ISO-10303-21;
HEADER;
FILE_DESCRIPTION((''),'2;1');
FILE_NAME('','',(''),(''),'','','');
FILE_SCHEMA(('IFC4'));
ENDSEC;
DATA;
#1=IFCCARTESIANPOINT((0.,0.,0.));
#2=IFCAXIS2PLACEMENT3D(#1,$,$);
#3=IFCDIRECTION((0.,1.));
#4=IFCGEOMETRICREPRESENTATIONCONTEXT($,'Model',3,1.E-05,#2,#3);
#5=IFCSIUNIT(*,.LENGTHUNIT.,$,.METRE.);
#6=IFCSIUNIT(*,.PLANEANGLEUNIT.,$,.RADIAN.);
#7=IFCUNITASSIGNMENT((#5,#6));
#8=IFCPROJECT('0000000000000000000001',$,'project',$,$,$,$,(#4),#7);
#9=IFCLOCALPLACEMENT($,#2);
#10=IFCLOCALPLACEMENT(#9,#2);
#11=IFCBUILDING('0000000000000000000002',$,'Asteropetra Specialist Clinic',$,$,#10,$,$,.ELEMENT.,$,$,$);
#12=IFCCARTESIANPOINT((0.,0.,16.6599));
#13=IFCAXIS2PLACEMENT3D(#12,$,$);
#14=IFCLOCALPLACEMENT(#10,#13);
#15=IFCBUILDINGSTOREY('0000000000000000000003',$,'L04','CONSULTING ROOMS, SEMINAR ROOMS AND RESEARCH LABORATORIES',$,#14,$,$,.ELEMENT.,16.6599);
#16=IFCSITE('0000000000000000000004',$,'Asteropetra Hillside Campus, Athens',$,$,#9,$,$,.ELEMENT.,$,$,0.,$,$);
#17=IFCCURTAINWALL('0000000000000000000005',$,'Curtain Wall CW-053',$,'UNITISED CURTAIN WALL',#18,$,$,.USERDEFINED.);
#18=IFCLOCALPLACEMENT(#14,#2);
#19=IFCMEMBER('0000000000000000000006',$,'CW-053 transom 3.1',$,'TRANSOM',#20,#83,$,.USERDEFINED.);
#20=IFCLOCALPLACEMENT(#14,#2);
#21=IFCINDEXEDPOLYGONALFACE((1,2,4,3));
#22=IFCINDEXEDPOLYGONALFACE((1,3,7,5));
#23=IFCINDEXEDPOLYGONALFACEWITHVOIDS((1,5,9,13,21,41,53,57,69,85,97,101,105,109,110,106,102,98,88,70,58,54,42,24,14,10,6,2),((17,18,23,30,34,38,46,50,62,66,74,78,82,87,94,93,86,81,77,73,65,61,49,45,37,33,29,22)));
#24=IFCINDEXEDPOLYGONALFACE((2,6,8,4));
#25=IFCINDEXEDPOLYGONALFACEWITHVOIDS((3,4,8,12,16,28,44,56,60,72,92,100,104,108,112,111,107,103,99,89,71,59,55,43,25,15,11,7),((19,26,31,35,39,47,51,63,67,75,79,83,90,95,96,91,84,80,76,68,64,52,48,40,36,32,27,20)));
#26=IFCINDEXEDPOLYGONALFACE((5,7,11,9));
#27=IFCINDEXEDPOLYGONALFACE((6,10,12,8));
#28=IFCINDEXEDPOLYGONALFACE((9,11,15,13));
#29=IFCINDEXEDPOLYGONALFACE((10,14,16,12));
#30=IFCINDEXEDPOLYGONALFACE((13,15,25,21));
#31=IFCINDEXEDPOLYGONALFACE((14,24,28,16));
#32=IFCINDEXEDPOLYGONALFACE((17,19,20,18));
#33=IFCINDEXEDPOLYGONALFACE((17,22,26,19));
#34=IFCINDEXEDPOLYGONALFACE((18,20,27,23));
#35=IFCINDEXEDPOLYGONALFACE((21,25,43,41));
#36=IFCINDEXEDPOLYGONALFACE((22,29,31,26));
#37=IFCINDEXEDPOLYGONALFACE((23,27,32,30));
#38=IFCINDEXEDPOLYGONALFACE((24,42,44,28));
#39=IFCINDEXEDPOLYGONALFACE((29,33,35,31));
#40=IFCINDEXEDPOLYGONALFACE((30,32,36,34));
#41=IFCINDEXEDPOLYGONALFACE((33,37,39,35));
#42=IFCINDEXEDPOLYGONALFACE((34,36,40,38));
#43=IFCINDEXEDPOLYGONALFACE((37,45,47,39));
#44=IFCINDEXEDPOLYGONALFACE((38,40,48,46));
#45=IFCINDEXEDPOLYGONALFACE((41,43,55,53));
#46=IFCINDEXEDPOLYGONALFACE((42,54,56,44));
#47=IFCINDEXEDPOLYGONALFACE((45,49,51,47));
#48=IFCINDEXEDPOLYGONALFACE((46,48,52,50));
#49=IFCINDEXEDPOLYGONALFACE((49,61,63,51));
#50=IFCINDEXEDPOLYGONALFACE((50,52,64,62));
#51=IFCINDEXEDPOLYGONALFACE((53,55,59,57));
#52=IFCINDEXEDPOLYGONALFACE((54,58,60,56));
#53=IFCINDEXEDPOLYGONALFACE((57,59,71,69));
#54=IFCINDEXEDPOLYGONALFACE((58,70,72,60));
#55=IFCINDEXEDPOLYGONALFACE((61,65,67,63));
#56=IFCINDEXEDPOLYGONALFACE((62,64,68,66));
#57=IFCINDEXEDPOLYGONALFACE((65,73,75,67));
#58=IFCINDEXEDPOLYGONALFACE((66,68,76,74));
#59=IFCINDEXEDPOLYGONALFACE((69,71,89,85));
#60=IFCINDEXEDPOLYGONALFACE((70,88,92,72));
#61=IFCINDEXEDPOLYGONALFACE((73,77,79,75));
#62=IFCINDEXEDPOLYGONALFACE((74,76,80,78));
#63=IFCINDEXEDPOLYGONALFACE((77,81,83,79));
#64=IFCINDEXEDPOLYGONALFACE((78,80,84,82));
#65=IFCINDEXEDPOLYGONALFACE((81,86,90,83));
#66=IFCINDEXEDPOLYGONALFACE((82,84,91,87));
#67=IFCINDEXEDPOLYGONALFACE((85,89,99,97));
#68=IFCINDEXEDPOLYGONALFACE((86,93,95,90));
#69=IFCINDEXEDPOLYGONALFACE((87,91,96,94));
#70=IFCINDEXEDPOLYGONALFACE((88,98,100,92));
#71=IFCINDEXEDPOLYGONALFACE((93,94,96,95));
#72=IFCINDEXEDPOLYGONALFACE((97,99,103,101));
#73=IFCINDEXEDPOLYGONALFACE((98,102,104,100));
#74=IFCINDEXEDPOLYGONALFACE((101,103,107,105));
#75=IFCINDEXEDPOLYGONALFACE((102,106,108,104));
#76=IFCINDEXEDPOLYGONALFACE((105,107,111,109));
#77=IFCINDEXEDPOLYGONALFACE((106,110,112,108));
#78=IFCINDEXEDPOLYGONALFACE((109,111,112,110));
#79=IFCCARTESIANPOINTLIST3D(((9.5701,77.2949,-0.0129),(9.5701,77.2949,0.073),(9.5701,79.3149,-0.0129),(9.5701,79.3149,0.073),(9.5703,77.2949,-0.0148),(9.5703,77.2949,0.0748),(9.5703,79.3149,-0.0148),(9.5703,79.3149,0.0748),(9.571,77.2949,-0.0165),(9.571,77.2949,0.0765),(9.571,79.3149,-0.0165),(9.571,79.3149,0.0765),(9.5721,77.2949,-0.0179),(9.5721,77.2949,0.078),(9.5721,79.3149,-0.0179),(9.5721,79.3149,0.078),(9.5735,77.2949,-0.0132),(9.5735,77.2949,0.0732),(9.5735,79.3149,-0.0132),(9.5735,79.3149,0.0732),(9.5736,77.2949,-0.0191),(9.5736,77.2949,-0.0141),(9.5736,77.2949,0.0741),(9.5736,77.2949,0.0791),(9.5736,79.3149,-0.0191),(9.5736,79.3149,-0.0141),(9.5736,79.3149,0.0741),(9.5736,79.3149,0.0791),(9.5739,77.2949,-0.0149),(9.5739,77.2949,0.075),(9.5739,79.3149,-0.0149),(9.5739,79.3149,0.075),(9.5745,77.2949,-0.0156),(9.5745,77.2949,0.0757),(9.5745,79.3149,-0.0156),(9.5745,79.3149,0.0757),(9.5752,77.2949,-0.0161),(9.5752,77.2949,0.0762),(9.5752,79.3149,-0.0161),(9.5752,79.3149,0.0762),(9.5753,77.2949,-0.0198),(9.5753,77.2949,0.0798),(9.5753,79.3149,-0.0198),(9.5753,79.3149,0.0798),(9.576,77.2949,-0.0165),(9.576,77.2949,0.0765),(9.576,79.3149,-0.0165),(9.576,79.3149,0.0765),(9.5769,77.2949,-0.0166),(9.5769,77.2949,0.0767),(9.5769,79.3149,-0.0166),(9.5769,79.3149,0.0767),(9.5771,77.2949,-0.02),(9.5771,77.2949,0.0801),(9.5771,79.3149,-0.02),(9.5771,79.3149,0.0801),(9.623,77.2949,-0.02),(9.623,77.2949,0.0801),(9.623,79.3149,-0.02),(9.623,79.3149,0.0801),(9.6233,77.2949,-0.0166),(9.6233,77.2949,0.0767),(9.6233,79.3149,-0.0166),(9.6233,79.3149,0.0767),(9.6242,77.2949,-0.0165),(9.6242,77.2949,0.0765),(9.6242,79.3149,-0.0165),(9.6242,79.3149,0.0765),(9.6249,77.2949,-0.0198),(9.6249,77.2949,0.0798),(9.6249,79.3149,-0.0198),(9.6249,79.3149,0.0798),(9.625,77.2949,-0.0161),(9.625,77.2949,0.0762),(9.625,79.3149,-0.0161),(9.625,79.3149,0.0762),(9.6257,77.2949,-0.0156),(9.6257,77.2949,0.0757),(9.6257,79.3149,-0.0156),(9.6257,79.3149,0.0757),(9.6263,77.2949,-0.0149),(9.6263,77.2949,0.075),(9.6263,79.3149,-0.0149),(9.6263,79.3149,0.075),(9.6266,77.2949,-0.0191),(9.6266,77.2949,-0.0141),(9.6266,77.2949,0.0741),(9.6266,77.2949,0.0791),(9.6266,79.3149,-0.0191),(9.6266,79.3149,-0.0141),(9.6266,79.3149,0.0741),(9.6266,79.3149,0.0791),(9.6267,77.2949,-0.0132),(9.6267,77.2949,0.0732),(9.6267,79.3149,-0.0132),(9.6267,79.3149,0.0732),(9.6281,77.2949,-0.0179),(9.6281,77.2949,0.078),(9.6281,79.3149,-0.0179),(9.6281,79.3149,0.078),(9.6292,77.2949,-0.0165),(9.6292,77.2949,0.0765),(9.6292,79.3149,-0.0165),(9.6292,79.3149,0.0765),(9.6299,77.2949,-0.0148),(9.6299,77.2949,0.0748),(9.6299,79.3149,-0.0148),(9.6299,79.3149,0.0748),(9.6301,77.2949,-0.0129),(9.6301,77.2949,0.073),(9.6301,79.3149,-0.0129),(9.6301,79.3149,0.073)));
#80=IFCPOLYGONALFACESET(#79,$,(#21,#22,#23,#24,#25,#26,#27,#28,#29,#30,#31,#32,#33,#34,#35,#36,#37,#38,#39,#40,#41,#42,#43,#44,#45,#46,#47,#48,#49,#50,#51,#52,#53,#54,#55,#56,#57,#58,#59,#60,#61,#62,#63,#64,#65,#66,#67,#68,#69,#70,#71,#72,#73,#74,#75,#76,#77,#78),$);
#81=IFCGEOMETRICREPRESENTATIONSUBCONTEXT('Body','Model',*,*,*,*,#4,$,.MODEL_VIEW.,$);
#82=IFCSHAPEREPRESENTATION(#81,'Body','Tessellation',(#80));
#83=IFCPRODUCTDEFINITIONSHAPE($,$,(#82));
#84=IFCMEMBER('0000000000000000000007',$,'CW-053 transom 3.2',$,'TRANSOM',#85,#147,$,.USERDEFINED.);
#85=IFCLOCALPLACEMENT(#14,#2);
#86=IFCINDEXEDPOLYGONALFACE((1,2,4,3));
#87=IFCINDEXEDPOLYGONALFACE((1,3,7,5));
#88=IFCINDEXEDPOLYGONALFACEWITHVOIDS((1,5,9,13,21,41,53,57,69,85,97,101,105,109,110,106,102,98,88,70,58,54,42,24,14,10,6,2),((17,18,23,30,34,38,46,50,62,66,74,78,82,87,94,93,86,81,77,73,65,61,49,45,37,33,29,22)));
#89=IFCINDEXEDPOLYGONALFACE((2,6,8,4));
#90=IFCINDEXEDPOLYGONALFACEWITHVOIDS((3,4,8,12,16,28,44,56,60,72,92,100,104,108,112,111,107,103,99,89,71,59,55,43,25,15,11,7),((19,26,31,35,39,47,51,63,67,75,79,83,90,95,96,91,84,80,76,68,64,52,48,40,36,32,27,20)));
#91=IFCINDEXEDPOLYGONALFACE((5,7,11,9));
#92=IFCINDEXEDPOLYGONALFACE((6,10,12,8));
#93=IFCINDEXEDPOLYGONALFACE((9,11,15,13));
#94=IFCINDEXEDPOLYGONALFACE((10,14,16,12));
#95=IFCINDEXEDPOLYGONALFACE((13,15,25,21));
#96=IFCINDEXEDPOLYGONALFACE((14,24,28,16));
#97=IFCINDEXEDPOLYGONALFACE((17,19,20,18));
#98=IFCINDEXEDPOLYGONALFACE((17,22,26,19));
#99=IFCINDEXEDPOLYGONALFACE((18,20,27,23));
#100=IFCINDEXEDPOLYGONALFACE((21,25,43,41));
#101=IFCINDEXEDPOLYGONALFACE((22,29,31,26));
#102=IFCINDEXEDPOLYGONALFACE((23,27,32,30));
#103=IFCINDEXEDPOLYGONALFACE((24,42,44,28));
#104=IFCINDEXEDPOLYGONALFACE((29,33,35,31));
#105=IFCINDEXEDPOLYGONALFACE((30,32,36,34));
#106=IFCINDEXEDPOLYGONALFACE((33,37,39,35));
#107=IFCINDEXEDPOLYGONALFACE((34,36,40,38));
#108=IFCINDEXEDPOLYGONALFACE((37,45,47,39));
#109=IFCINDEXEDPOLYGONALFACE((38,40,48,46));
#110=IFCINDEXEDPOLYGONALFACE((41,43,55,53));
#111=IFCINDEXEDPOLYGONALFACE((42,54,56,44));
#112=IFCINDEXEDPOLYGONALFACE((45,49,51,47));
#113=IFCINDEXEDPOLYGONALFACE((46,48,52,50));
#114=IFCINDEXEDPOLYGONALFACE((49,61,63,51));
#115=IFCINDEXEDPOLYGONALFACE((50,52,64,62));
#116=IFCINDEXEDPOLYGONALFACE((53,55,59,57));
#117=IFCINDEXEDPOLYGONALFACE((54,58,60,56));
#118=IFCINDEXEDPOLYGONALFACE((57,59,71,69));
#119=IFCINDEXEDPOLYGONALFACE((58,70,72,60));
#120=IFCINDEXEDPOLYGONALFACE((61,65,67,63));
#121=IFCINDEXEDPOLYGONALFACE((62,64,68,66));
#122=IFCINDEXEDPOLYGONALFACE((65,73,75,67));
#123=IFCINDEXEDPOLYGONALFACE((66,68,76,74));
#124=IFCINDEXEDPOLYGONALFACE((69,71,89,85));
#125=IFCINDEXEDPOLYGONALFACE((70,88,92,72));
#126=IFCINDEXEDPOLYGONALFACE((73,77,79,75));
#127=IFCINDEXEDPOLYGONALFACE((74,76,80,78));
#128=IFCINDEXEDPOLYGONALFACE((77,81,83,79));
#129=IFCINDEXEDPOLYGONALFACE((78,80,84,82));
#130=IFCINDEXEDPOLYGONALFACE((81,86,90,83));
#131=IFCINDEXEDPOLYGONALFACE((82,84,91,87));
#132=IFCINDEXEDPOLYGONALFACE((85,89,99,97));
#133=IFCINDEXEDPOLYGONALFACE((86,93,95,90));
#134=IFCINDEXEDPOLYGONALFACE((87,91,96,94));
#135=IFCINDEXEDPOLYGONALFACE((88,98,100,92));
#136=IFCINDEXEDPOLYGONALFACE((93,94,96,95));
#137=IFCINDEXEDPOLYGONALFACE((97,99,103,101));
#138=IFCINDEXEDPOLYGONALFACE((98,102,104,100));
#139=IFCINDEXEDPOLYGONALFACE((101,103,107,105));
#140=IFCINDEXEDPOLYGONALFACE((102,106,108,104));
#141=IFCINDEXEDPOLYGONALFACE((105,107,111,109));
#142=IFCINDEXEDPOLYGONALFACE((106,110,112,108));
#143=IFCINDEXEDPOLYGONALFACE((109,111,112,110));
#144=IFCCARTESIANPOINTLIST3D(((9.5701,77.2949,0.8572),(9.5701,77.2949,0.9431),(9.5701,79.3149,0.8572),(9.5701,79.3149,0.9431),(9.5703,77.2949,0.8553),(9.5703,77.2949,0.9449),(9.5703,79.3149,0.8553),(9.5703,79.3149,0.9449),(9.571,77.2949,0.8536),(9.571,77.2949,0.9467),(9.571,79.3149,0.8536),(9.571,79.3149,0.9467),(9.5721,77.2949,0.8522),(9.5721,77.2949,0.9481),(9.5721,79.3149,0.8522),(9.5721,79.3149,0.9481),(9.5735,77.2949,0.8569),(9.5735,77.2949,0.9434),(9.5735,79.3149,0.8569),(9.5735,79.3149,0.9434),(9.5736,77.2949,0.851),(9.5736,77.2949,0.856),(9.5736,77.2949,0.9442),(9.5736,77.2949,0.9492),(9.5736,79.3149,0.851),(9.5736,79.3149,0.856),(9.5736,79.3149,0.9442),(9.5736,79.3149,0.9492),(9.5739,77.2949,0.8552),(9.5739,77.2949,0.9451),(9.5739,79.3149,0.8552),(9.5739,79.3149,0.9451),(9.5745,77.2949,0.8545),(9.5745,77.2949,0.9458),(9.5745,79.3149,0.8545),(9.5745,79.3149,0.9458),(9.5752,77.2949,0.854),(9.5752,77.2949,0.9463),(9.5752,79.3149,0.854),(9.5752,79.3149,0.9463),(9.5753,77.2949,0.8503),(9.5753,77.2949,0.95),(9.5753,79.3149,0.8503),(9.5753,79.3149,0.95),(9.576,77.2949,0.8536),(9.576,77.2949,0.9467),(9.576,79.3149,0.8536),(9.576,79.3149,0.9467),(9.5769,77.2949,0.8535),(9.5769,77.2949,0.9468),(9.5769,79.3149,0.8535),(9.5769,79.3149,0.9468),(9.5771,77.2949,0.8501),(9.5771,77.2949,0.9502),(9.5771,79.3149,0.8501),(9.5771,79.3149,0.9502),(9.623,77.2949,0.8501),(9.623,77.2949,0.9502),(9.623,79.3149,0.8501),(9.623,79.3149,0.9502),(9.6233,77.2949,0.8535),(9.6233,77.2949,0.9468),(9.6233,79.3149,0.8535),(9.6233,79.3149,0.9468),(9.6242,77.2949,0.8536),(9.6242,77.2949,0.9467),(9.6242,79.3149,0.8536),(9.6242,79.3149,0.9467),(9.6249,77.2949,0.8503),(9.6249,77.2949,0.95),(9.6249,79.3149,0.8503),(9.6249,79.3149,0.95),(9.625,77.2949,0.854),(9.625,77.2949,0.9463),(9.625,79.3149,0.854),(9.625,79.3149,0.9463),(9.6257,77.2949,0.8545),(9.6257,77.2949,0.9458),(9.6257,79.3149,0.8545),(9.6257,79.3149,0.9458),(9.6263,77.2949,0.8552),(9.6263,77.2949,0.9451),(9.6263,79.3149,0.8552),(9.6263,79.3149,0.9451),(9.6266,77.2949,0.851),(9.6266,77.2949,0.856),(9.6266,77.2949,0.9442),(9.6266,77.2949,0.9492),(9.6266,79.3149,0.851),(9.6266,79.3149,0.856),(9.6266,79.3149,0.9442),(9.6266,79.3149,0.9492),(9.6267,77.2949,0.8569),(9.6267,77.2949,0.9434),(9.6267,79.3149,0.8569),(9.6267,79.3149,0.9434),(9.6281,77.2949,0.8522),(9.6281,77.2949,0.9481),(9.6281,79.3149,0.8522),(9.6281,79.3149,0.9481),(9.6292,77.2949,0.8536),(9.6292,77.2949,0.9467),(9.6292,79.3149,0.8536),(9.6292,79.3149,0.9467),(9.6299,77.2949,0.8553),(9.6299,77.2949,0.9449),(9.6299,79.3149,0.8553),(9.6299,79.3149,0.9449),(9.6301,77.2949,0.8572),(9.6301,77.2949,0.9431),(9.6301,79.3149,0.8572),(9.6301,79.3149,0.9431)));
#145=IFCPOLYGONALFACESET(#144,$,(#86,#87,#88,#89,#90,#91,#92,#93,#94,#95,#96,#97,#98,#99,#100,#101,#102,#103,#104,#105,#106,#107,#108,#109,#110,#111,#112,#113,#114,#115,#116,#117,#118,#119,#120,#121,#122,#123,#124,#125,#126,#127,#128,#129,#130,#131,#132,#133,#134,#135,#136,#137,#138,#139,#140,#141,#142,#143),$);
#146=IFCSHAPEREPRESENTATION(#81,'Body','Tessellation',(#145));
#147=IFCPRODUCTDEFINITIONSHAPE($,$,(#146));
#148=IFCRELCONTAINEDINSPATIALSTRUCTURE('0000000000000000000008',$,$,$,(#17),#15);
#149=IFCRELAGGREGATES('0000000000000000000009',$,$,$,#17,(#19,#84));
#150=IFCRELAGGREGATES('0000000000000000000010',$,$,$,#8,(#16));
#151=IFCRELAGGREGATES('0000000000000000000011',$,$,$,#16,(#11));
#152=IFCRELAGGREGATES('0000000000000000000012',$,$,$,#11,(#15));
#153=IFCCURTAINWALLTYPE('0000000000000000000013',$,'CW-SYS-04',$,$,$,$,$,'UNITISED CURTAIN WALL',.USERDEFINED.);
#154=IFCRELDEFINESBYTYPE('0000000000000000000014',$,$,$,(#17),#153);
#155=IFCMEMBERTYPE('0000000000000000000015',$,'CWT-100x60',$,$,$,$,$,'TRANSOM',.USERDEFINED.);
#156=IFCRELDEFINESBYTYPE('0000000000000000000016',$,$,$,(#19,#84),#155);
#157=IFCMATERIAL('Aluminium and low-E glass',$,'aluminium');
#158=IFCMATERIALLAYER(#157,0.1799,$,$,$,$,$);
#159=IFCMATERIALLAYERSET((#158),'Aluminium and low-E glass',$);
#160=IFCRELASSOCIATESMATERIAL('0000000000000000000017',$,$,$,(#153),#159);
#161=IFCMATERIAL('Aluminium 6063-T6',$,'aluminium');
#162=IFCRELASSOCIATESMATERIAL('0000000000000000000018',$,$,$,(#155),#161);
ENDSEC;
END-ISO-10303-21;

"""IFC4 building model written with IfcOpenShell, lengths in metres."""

from ifc_helpers import new_model, si_unit, direction, frame, origin, origin_2d, place, context, subcontext, project, spatial, hollow_rectangle, extrude, material, layer, layer_set, material_profile, profile_set, type_object, element, aggregate, save


model = new_model("IFC4")

# Units and contexts
model_context = context("Model", 3, precision=1e-05, world=origin(), true_north=direction((0.0, 1.0)))
body_context = subcontext(model_context, "Body", "Model", "MODEL_VIEW")
ifc_project = project(units=[si_unit("LENGTHUNIT", "METRE"), si_unit("PLANEANGLEUNIT", "RADIAN")], contexts=[model_context])

# Site, building, storey
site_placement = place(None, origin())
site = spatial("IfcSite", under=ifc_project, at=site_placement, Name="Asteropetra Hillside Campus, Athens", CompositionType="ELEMENT", RefElevation=0.0)
building_placement = place(site_placement, origin())
building = spatial("IfcBuilding", under=site, at=building_placement, Name="Asteropetra Specialist Clinic", CompositionType="ELEMENT")
storey_placement = place(building_placement, frame((0.0, 0.0, 16.6599)))
storey = spatial("IfcBuildingStorey", under=building, at=storey_placement, Name="L04", Description="CONSULTING ROOMS, SEMINAR ROOMS AND RESEARCH LABORATORIES", CompositionType="ELEMENT", Elevation=16.6599)

# Curtain wall, members
ifc_material_1 = material(Name="Aluminium and low-E glass", Category="aluminium")
ifc_layer_1 = layer(ifc_material_1, 0.1799)
ifc_layer_set_1 = layer_set([ifc_layer_1], Name="Aluminium and low-E glass")
curtain_wall_type_1 = type_object("IfcCurtainWallType", Name="CW-SYS-04", ElementType="UNITISED CURTAIN WALL", PredefinedType="USERDEFINED", material=ifc_layer_set_1)
curtain_wall_1_placement = place(storey_placement, origin())
curtain_wall_1 = element("IfcCurtainWall", 1, at=curtain_wall_1_placement, inside=storey, type_object=curtain_wall_type_1, Name="Curtain Wall CW-053", ObjectType="UNITISED CURTAIN WALL", PredefinedType="USERDEFINED")
ifc_material_2 = material(Name="Aluminium 6063-T6", Category="aluminium")
ifc_material_profile_1 = material_profile(ifc_material_2, hollow_rectangle(XDim=0.0601, YDim=0.1001, WallThickness=0.0034, InnerFilletRadius=0.0034, OuterFilletRadius=0.0071, at=origin_2d()), Name="TRN 100x60x3.5")
ifc_profile_set_1 = profile_set([ifc_material_profile_1], Name="Aluminium 6063-T6")
member_type_1 = type_object("IfcMemberType", Name="CWT-100x60", ElementType="TRANSOM", PredefinedType="USERDEFINED", material=ifc_profile_set_1)
member_1_placement = place(storey_placement, frame((9.6001, 79.3149, 0.03), z_axis=(0.0, -1.0, 0.0), x_axis=(1.0, 0.0, 0.0)))
member_1 = element("IfcMember", 2, at=member_1_placement, type_object=member_type_1, Name="CW-053 transom 3.1", ObjectType="TRANSOM", PredefinedType="USERDEFINED", context=body_context, shape_type="SweptSolid", body=[
    extrude(hollow_rectangle(XDim=0.0601, YDim=0.1001, WallThickness=0.0034, InnerFilletRadius=0.0034, OuterFilletRadius=0.0071, at=origin_2d()), origin(), (0.0, 0.0, 1.0), 2.02),
])
member_2_placement = place(storey_placement, frame((9.6001, 79.3149, 0.9001), z_axis=(0.0, -1.0, 0.0), x_axis=(1.0, 0.0, 0.0)))
member_2 = element("IfcMember", 3, at=member_2_placement, type_object=member_type_1, Name="CW-053 transom 3.2", ObjectType="TRANSOM", PredefinedType="USERDEFINED", context=body_context, shape_type="SweptSolid", body=[
    extrude(hollow_rectangle(XDim=0.0601, YDim=0.1001, WallThickness=0.0034, InnerFilletRadius=0.0034, OuterFilletRadius=0.0071, at=origin_2d()), origin(), (0.0, 0.0, 1.0), 2.02),
])

aggregate(curtain_wall_1, [member_1, member_2])

save(model, "model.ifc")
